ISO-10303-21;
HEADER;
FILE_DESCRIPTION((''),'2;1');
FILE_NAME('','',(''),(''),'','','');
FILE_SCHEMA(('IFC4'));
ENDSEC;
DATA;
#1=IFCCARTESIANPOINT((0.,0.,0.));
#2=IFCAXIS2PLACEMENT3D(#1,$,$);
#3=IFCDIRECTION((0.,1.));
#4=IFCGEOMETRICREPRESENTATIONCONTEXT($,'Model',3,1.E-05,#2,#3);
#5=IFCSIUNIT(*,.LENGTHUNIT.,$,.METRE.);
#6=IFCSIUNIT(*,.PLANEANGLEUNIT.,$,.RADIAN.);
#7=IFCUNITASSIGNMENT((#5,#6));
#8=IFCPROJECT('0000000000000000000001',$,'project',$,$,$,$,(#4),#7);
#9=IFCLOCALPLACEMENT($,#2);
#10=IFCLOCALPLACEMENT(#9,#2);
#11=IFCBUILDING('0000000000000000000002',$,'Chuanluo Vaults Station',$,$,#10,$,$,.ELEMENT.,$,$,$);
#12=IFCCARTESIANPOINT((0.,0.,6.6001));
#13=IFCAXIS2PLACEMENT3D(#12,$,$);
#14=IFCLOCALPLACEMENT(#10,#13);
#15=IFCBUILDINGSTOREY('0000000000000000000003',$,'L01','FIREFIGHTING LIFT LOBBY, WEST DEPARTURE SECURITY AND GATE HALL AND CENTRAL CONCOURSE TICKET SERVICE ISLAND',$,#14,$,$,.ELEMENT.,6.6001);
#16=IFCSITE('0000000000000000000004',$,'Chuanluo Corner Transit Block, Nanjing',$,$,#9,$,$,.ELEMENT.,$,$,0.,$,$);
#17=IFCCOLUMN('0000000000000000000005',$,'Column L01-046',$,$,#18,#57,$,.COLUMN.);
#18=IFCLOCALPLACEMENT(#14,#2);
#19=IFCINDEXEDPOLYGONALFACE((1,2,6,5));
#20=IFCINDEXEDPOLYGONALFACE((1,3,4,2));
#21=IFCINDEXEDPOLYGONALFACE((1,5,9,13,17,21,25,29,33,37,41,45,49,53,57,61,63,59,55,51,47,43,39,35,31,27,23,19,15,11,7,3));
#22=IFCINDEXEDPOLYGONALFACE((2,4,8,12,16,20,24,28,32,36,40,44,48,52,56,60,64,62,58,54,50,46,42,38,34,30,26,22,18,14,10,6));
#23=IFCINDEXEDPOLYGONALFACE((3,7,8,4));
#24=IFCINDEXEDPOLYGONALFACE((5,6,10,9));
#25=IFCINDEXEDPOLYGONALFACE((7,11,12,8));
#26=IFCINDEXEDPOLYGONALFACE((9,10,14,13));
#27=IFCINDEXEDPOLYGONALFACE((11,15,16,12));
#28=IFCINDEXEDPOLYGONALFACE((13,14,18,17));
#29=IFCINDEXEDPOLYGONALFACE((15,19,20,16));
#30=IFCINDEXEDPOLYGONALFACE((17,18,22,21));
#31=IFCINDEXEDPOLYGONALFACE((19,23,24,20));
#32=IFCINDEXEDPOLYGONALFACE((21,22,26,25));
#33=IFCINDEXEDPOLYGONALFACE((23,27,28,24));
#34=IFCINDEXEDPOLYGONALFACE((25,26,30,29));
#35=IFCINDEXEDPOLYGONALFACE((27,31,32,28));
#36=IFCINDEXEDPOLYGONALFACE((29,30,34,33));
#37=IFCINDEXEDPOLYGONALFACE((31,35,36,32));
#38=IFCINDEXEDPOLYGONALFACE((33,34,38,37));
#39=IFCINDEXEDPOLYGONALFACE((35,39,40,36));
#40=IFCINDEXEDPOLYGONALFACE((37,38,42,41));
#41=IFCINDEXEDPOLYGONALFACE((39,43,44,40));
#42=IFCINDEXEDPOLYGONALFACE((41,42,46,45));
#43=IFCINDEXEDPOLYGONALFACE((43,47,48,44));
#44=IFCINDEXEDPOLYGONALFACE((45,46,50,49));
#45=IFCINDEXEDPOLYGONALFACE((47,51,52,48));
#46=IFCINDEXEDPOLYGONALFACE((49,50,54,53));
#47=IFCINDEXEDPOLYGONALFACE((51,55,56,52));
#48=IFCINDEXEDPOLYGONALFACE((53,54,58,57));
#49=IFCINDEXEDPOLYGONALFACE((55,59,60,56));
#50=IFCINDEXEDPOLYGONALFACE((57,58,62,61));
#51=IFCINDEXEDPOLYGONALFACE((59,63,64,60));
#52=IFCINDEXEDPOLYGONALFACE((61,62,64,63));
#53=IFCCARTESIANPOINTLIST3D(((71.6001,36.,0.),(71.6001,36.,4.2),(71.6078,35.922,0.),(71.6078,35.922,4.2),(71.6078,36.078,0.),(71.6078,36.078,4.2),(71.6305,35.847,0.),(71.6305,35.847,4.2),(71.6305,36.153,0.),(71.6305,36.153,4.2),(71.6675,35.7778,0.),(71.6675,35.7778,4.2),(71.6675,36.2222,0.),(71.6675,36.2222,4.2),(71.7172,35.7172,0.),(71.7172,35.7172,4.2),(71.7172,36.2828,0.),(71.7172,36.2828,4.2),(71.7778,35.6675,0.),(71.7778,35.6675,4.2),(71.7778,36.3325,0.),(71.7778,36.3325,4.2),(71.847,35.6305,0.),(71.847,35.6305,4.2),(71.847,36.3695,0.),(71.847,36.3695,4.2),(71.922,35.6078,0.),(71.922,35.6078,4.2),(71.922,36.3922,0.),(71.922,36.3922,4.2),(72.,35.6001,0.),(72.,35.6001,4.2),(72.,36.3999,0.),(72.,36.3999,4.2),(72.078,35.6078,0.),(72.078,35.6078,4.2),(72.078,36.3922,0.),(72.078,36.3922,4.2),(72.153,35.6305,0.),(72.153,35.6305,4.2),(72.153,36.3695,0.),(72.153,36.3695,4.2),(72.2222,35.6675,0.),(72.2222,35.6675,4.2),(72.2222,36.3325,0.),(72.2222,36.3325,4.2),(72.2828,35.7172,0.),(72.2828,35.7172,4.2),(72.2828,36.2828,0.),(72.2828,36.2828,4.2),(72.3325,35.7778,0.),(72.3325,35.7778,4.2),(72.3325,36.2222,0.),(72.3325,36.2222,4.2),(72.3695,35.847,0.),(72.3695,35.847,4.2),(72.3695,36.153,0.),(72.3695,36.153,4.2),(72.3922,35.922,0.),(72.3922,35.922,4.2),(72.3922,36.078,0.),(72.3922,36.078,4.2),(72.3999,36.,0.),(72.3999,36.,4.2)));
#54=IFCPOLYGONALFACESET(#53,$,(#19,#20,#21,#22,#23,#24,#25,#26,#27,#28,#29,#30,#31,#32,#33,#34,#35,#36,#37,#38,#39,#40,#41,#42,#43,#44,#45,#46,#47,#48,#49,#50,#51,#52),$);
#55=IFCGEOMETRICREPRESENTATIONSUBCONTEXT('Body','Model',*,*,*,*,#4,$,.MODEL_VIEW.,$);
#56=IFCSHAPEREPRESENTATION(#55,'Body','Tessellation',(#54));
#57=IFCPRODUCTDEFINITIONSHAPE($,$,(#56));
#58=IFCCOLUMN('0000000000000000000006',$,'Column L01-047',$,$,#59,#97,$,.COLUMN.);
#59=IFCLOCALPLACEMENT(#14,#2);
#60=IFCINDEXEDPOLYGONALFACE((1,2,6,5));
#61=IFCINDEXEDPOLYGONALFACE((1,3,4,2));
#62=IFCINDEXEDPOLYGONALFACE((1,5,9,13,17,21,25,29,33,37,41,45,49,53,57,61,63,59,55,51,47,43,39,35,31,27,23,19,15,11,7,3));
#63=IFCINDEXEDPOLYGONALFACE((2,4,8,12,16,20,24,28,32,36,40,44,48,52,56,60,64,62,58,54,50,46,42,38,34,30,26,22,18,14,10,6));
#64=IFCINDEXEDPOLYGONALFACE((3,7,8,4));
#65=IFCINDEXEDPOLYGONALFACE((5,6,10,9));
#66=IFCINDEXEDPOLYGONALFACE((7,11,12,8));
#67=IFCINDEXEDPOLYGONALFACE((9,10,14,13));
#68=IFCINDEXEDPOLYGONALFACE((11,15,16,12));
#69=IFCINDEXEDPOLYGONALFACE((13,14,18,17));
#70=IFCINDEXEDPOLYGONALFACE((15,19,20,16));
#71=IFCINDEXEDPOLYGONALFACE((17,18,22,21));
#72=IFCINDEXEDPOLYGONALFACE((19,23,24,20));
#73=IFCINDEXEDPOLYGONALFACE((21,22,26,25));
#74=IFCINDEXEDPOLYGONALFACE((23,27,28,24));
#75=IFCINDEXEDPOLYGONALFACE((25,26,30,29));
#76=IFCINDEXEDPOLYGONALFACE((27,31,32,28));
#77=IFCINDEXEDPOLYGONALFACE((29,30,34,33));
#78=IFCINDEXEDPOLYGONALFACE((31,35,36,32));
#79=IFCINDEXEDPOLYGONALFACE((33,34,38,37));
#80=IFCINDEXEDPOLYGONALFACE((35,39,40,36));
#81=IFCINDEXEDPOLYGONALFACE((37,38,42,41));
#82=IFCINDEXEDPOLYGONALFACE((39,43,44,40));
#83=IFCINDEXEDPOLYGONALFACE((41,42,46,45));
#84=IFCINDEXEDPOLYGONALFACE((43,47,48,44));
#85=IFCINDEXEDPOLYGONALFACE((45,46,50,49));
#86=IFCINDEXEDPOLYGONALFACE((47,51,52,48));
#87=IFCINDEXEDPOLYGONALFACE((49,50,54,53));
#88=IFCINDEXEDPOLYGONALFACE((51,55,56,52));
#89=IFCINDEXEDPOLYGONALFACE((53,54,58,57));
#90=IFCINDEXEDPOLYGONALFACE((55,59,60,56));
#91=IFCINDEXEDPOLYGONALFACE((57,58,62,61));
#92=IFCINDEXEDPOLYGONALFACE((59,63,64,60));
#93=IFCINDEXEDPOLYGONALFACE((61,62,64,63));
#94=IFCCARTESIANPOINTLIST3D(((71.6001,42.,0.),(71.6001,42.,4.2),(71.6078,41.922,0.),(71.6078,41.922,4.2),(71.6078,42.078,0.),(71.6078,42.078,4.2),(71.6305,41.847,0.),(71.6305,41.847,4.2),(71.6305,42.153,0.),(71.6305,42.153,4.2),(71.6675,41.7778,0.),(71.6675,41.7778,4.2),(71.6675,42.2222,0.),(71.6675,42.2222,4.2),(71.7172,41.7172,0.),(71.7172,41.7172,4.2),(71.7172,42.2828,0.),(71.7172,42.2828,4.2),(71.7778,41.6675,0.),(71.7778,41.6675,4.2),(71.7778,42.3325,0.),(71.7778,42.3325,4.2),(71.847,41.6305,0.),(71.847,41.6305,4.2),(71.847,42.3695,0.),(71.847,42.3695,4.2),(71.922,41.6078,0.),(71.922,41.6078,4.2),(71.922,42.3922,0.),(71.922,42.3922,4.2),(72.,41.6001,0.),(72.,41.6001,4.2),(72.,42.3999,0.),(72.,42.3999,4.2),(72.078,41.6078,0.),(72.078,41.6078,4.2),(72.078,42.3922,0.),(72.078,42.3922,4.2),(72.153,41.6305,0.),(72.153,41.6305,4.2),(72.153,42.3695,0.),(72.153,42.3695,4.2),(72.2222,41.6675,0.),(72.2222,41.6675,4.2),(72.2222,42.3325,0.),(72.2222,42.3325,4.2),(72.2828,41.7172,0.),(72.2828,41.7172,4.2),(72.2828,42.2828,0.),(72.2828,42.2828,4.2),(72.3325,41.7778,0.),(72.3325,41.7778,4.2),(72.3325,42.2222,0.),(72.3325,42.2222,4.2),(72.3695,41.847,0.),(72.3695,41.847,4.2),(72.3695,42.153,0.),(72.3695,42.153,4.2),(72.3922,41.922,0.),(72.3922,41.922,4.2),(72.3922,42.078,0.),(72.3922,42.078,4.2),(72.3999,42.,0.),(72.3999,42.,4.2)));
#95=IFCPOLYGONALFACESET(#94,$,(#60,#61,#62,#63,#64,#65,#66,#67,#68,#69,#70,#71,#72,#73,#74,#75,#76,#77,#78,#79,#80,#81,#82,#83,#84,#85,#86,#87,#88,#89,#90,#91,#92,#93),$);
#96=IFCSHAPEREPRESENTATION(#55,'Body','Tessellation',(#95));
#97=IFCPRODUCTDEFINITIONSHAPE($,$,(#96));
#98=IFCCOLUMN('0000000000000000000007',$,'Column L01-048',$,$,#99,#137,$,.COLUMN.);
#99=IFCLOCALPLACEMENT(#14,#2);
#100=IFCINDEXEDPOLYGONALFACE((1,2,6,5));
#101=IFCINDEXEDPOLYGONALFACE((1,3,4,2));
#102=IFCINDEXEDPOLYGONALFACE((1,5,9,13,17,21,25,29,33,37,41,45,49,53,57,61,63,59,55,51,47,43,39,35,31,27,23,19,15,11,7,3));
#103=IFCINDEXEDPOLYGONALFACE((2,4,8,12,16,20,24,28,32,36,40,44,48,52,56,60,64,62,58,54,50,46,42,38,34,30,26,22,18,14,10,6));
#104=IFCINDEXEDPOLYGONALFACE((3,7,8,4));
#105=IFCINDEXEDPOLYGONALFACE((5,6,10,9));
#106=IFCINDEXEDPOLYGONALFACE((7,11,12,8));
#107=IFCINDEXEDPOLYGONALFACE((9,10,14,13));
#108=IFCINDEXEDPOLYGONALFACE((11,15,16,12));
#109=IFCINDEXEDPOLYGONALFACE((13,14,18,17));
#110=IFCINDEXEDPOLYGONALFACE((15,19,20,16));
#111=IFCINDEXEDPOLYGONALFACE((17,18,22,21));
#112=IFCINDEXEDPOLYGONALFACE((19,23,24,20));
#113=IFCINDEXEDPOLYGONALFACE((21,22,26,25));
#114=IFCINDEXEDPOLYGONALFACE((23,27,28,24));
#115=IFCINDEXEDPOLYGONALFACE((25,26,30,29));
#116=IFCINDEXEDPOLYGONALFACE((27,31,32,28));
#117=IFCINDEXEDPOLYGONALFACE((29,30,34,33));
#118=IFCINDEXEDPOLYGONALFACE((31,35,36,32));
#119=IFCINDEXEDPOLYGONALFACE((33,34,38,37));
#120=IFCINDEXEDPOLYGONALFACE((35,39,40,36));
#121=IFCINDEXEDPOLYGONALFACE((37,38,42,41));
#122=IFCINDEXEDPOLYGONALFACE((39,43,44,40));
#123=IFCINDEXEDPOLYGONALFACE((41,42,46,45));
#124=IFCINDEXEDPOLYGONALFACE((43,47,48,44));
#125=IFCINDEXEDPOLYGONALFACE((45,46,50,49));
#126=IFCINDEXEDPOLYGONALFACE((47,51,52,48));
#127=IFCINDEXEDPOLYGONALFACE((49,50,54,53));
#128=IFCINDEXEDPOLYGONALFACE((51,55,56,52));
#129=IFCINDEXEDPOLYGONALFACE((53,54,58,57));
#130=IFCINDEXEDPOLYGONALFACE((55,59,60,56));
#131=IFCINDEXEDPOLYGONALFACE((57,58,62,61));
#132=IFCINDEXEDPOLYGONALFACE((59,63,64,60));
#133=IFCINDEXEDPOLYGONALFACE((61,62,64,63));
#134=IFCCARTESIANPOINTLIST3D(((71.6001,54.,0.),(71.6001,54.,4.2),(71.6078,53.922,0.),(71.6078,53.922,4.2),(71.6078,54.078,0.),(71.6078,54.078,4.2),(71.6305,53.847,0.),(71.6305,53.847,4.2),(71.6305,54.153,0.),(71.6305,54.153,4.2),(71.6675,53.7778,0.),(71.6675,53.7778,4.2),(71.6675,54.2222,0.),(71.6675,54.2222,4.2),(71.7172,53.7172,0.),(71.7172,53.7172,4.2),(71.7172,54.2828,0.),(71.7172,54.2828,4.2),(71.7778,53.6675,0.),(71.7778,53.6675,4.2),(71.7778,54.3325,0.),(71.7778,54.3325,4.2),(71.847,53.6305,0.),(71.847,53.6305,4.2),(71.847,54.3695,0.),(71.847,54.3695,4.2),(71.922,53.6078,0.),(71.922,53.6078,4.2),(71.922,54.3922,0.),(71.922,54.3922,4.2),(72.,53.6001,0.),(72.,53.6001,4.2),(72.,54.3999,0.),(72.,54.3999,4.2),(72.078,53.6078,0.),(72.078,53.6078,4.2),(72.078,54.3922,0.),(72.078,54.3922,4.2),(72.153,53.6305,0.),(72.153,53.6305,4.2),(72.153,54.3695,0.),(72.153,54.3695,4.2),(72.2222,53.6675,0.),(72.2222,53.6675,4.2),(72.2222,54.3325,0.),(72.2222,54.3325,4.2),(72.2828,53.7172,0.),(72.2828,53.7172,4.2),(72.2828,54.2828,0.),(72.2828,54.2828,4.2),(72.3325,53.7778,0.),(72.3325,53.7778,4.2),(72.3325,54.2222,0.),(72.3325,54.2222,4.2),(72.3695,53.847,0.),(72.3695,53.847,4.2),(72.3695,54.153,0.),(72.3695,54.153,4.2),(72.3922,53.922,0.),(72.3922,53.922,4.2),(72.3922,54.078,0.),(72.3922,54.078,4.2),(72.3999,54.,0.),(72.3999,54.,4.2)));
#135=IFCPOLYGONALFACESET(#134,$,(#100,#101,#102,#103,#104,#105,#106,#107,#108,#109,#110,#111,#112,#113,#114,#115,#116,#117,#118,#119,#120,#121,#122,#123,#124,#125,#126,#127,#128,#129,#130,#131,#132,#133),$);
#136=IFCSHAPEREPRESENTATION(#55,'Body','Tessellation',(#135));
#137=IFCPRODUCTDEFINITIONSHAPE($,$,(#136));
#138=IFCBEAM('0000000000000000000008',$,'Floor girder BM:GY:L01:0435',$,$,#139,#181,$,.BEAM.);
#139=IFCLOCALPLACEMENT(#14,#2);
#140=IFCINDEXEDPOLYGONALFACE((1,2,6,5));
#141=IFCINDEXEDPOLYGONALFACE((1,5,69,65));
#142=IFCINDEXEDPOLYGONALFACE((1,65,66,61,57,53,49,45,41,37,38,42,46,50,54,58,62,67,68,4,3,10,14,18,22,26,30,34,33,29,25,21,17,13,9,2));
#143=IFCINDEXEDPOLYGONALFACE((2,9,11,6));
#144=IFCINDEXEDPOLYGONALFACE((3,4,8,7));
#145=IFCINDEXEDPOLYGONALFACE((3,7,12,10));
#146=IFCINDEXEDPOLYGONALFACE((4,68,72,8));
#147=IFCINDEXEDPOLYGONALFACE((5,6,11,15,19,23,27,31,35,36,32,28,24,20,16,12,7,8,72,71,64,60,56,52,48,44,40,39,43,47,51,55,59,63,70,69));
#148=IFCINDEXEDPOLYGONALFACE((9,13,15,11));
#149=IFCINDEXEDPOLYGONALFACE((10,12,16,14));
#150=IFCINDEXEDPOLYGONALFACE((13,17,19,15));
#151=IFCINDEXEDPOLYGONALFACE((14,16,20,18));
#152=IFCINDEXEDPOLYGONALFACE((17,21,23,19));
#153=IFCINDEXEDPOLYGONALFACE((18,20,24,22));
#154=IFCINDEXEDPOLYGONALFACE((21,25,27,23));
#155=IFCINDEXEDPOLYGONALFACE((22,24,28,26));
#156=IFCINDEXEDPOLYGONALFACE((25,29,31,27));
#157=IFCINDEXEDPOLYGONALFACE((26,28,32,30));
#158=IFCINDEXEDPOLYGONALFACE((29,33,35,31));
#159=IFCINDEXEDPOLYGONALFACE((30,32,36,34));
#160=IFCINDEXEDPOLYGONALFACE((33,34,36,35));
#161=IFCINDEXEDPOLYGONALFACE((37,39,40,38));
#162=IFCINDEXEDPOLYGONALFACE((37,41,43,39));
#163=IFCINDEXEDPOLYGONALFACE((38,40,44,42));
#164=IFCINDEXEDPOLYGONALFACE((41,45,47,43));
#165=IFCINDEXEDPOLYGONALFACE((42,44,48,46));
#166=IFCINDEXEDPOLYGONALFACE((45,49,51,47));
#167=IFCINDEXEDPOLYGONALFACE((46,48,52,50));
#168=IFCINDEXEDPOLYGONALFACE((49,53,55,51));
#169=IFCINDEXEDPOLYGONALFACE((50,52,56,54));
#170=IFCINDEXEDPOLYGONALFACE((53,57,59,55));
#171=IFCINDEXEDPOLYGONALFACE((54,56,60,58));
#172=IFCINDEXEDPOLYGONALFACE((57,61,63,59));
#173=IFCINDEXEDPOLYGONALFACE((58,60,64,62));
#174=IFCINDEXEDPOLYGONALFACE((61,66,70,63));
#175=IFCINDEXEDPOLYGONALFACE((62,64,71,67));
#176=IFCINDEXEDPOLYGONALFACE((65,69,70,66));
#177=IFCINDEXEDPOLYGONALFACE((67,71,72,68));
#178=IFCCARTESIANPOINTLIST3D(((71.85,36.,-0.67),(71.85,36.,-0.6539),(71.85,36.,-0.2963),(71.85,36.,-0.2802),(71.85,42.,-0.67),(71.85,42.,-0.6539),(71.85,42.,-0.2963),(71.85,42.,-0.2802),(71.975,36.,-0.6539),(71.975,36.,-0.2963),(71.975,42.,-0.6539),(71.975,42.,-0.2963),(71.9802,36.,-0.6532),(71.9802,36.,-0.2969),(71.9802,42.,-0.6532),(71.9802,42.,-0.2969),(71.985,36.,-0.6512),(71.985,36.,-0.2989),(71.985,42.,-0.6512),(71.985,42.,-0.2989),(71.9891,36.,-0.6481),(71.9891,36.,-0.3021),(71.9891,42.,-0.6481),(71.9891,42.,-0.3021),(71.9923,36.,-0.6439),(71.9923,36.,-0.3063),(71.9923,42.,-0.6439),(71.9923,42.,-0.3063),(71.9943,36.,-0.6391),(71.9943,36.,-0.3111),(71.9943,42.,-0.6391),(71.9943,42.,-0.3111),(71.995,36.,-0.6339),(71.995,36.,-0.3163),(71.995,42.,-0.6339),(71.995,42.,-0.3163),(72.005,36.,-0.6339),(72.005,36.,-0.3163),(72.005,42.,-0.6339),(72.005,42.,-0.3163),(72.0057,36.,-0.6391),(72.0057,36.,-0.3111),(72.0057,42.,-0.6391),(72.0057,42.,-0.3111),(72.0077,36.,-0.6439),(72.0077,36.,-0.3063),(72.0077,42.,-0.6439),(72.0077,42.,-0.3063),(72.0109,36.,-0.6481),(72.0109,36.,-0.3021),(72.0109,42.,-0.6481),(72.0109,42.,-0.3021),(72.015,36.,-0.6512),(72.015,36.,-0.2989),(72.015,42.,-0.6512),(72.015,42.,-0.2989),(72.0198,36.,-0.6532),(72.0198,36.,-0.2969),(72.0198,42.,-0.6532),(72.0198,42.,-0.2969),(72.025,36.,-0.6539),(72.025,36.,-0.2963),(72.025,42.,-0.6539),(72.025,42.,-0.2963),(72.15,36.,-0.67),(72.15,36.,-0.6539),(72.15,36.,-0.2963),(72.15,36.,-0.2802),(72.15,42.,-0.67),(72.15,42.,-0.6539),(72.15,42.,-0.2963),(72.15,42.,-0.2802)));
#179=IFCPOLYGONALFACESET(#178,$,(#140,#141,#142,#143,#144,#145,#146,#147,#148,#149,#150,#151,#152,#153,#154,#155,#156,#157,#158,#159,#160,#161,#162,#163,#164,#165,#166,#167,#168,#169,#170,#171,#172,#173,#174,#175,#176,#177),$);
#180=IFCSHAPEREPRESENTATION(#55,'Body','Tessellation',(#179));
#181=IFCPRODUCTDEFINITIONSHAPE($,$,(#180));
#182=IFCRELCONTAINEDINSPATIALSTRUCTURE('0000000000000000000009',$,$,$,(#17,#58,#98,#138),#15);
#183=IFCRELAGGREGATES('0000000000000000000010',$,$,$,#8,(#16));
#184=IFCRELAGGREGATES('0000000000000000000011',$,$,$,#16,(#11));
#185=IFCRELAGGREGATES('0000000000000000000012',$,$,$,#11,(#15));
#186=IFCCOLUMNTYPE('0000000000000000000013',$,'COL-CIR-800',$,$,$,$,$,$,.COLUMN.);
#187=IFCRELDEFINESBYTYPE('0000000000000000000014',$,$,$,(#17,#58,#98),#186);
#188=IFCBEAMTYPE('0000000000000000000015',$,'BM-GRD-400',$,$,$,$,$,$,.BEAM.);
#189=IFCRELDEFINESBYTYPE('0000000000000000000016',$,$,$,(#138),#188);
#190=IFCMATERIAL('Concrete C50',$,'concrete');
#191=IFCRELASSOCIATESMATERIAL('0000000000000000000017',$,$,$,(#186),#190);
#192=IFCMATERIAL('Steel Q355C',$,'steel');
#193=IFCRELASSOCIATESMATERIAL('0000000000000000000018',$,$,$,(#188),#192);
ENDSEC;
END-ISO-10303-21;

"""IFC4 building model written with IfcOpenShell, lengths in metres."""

from ifc_helpers import new_model, si_unit, direction, frame, origin, origin_2d, place, context, subcontext, project, spatial, circle, i_section, extrude, material, material_profile, profile_set, type_object, element, save


model = new_model("IFC4")

# Units and contexts
model_context = context("Model", 3, precision=1e-05, world=origin(), true_north=direction((0.0, 1.0)))
body_context = subcontext(model_context, "Body", "Model", "MODEL_VIEW")
ifc_project = project(units=[si_unit("LENGTHUNIT", "METRE"), si_unit("PLANEANGLEUNIT", "RADIAN")], contexts=[model_context])

# Site, building, storey
site_placement = place(None, origin())
site = spatial("IfcSite", under=ifc_project, at=site_placement, Name="Chuanluo Corner Transit Block, Nanjing", CompositionType="ELEMENT", RefElevation=0.0)
building_placement = place(site_placement, origin())
building = spatial("IfcBuilding", under=site, at=building_placement, Name="Chuanluo Vaults Station", CompositionType="ELEMENT")
storey_placement = place(building_placement, frame((0.0, 0.0, 6.6001)))
storey = spatial("IfcBuildingStorey", under=building, at=storey_placement, Name="L01", Description="FIREFIGHTING LIFT LOBBY, WEST DEPARTURE SECURITY AND GATE HALL AND CENTRAL CONCOURSE TICKET SERVICE ISLAND", CompositionType="ELEMENT", Elevation=6.6001)

# Columns
ifc_material_1 = material(Name="Concrete C50", Category="concrete")
ifc_material_profile_1 = material_profile(ifc_material_1, circle(Radius=0.3999, at=origin_2d()))
ifc_profile_set_1 = profile_set([ifc_material_profile_1], Name="Concrete C50")
column_type = type_object("IfcColumnType", Name="COL-CIR-800", PredefinedType="COLUMN", material=ifc_profile_set_1)
for number, where, z_axis, x_axis, name in (
    (1, (72.0, 36.0, 0.0), (0.0, 0.0, 1.0), (1.0, 0.0, 0.0), "Column L01-046"),
    (2, (72.0, 42.0, 0.0), (0.0, 0.0, 1.0), (1.0, 0.0, 0.0), "Column L01-047"),
    (3, (72.0, 54.0, 0.0), (0.0, 0.0, 1.0), (1.0, 0.0, 0.0), "Column L01-048"),
):
    element("IfcColumn", number, at=place(storey_placement, frame(where, z_axis=z_axis, x_axis=x_axis)), inside=storey, type_object=column_type, Name=name, PredefinedType="COLUMN", context=body_context, shape_type="SweptSolid", body=[
        extrude(circle(Radius=0.3999, at=origin_2d()), origin(), (0.0, 0.0, 1.0), 4.2),
    ])

# Beam
ifc_material_2 = material(Name="Steel Q355C", Category="steel")
ifc_material_profile_2 = material_profile(ifc_material_2, i_section(OverallWidth=0.3, OverallDepth=0.3899, WebThickness=0.01, FlangeThickness=0.0161, FilletRadius=0.02, at=origin_2d()))
ifc_profile_set_2 = profile_set([ifc_material_profile_2], Name="Steel Q355C")
beam_type_1 = type_object("IfcBeamType", Name="BM-GRD-400", PredefinedType="BEAM", material=ifc_profile_set_2)
beam_1_placement = place(storey_placement, frame((72.0, 36.0, -0.4751), z_axis=(0.0, 1.0, 0.0), x_axis=(-1.0, 0.0, 0.0)))
element("IfcBeam", 4, at=beam_1_placement, inside=storey, type_object=beam_type_1, Name="Floor girder BM:GY:L01:0435", PredefinedType="BEAM", context=body_context, shape_type="SweptSolid", body=[
    extrude(i_section(OverallWidth=0.3, OverallDepth=0.3899, WebThickness=0.01, FlangeThickness=0.0161, FilletRadius=0.02, at=origin_2d()), origin(), (0.0, 0.0, 1.0), 6.0),
])

save(model, "model.ifc")
